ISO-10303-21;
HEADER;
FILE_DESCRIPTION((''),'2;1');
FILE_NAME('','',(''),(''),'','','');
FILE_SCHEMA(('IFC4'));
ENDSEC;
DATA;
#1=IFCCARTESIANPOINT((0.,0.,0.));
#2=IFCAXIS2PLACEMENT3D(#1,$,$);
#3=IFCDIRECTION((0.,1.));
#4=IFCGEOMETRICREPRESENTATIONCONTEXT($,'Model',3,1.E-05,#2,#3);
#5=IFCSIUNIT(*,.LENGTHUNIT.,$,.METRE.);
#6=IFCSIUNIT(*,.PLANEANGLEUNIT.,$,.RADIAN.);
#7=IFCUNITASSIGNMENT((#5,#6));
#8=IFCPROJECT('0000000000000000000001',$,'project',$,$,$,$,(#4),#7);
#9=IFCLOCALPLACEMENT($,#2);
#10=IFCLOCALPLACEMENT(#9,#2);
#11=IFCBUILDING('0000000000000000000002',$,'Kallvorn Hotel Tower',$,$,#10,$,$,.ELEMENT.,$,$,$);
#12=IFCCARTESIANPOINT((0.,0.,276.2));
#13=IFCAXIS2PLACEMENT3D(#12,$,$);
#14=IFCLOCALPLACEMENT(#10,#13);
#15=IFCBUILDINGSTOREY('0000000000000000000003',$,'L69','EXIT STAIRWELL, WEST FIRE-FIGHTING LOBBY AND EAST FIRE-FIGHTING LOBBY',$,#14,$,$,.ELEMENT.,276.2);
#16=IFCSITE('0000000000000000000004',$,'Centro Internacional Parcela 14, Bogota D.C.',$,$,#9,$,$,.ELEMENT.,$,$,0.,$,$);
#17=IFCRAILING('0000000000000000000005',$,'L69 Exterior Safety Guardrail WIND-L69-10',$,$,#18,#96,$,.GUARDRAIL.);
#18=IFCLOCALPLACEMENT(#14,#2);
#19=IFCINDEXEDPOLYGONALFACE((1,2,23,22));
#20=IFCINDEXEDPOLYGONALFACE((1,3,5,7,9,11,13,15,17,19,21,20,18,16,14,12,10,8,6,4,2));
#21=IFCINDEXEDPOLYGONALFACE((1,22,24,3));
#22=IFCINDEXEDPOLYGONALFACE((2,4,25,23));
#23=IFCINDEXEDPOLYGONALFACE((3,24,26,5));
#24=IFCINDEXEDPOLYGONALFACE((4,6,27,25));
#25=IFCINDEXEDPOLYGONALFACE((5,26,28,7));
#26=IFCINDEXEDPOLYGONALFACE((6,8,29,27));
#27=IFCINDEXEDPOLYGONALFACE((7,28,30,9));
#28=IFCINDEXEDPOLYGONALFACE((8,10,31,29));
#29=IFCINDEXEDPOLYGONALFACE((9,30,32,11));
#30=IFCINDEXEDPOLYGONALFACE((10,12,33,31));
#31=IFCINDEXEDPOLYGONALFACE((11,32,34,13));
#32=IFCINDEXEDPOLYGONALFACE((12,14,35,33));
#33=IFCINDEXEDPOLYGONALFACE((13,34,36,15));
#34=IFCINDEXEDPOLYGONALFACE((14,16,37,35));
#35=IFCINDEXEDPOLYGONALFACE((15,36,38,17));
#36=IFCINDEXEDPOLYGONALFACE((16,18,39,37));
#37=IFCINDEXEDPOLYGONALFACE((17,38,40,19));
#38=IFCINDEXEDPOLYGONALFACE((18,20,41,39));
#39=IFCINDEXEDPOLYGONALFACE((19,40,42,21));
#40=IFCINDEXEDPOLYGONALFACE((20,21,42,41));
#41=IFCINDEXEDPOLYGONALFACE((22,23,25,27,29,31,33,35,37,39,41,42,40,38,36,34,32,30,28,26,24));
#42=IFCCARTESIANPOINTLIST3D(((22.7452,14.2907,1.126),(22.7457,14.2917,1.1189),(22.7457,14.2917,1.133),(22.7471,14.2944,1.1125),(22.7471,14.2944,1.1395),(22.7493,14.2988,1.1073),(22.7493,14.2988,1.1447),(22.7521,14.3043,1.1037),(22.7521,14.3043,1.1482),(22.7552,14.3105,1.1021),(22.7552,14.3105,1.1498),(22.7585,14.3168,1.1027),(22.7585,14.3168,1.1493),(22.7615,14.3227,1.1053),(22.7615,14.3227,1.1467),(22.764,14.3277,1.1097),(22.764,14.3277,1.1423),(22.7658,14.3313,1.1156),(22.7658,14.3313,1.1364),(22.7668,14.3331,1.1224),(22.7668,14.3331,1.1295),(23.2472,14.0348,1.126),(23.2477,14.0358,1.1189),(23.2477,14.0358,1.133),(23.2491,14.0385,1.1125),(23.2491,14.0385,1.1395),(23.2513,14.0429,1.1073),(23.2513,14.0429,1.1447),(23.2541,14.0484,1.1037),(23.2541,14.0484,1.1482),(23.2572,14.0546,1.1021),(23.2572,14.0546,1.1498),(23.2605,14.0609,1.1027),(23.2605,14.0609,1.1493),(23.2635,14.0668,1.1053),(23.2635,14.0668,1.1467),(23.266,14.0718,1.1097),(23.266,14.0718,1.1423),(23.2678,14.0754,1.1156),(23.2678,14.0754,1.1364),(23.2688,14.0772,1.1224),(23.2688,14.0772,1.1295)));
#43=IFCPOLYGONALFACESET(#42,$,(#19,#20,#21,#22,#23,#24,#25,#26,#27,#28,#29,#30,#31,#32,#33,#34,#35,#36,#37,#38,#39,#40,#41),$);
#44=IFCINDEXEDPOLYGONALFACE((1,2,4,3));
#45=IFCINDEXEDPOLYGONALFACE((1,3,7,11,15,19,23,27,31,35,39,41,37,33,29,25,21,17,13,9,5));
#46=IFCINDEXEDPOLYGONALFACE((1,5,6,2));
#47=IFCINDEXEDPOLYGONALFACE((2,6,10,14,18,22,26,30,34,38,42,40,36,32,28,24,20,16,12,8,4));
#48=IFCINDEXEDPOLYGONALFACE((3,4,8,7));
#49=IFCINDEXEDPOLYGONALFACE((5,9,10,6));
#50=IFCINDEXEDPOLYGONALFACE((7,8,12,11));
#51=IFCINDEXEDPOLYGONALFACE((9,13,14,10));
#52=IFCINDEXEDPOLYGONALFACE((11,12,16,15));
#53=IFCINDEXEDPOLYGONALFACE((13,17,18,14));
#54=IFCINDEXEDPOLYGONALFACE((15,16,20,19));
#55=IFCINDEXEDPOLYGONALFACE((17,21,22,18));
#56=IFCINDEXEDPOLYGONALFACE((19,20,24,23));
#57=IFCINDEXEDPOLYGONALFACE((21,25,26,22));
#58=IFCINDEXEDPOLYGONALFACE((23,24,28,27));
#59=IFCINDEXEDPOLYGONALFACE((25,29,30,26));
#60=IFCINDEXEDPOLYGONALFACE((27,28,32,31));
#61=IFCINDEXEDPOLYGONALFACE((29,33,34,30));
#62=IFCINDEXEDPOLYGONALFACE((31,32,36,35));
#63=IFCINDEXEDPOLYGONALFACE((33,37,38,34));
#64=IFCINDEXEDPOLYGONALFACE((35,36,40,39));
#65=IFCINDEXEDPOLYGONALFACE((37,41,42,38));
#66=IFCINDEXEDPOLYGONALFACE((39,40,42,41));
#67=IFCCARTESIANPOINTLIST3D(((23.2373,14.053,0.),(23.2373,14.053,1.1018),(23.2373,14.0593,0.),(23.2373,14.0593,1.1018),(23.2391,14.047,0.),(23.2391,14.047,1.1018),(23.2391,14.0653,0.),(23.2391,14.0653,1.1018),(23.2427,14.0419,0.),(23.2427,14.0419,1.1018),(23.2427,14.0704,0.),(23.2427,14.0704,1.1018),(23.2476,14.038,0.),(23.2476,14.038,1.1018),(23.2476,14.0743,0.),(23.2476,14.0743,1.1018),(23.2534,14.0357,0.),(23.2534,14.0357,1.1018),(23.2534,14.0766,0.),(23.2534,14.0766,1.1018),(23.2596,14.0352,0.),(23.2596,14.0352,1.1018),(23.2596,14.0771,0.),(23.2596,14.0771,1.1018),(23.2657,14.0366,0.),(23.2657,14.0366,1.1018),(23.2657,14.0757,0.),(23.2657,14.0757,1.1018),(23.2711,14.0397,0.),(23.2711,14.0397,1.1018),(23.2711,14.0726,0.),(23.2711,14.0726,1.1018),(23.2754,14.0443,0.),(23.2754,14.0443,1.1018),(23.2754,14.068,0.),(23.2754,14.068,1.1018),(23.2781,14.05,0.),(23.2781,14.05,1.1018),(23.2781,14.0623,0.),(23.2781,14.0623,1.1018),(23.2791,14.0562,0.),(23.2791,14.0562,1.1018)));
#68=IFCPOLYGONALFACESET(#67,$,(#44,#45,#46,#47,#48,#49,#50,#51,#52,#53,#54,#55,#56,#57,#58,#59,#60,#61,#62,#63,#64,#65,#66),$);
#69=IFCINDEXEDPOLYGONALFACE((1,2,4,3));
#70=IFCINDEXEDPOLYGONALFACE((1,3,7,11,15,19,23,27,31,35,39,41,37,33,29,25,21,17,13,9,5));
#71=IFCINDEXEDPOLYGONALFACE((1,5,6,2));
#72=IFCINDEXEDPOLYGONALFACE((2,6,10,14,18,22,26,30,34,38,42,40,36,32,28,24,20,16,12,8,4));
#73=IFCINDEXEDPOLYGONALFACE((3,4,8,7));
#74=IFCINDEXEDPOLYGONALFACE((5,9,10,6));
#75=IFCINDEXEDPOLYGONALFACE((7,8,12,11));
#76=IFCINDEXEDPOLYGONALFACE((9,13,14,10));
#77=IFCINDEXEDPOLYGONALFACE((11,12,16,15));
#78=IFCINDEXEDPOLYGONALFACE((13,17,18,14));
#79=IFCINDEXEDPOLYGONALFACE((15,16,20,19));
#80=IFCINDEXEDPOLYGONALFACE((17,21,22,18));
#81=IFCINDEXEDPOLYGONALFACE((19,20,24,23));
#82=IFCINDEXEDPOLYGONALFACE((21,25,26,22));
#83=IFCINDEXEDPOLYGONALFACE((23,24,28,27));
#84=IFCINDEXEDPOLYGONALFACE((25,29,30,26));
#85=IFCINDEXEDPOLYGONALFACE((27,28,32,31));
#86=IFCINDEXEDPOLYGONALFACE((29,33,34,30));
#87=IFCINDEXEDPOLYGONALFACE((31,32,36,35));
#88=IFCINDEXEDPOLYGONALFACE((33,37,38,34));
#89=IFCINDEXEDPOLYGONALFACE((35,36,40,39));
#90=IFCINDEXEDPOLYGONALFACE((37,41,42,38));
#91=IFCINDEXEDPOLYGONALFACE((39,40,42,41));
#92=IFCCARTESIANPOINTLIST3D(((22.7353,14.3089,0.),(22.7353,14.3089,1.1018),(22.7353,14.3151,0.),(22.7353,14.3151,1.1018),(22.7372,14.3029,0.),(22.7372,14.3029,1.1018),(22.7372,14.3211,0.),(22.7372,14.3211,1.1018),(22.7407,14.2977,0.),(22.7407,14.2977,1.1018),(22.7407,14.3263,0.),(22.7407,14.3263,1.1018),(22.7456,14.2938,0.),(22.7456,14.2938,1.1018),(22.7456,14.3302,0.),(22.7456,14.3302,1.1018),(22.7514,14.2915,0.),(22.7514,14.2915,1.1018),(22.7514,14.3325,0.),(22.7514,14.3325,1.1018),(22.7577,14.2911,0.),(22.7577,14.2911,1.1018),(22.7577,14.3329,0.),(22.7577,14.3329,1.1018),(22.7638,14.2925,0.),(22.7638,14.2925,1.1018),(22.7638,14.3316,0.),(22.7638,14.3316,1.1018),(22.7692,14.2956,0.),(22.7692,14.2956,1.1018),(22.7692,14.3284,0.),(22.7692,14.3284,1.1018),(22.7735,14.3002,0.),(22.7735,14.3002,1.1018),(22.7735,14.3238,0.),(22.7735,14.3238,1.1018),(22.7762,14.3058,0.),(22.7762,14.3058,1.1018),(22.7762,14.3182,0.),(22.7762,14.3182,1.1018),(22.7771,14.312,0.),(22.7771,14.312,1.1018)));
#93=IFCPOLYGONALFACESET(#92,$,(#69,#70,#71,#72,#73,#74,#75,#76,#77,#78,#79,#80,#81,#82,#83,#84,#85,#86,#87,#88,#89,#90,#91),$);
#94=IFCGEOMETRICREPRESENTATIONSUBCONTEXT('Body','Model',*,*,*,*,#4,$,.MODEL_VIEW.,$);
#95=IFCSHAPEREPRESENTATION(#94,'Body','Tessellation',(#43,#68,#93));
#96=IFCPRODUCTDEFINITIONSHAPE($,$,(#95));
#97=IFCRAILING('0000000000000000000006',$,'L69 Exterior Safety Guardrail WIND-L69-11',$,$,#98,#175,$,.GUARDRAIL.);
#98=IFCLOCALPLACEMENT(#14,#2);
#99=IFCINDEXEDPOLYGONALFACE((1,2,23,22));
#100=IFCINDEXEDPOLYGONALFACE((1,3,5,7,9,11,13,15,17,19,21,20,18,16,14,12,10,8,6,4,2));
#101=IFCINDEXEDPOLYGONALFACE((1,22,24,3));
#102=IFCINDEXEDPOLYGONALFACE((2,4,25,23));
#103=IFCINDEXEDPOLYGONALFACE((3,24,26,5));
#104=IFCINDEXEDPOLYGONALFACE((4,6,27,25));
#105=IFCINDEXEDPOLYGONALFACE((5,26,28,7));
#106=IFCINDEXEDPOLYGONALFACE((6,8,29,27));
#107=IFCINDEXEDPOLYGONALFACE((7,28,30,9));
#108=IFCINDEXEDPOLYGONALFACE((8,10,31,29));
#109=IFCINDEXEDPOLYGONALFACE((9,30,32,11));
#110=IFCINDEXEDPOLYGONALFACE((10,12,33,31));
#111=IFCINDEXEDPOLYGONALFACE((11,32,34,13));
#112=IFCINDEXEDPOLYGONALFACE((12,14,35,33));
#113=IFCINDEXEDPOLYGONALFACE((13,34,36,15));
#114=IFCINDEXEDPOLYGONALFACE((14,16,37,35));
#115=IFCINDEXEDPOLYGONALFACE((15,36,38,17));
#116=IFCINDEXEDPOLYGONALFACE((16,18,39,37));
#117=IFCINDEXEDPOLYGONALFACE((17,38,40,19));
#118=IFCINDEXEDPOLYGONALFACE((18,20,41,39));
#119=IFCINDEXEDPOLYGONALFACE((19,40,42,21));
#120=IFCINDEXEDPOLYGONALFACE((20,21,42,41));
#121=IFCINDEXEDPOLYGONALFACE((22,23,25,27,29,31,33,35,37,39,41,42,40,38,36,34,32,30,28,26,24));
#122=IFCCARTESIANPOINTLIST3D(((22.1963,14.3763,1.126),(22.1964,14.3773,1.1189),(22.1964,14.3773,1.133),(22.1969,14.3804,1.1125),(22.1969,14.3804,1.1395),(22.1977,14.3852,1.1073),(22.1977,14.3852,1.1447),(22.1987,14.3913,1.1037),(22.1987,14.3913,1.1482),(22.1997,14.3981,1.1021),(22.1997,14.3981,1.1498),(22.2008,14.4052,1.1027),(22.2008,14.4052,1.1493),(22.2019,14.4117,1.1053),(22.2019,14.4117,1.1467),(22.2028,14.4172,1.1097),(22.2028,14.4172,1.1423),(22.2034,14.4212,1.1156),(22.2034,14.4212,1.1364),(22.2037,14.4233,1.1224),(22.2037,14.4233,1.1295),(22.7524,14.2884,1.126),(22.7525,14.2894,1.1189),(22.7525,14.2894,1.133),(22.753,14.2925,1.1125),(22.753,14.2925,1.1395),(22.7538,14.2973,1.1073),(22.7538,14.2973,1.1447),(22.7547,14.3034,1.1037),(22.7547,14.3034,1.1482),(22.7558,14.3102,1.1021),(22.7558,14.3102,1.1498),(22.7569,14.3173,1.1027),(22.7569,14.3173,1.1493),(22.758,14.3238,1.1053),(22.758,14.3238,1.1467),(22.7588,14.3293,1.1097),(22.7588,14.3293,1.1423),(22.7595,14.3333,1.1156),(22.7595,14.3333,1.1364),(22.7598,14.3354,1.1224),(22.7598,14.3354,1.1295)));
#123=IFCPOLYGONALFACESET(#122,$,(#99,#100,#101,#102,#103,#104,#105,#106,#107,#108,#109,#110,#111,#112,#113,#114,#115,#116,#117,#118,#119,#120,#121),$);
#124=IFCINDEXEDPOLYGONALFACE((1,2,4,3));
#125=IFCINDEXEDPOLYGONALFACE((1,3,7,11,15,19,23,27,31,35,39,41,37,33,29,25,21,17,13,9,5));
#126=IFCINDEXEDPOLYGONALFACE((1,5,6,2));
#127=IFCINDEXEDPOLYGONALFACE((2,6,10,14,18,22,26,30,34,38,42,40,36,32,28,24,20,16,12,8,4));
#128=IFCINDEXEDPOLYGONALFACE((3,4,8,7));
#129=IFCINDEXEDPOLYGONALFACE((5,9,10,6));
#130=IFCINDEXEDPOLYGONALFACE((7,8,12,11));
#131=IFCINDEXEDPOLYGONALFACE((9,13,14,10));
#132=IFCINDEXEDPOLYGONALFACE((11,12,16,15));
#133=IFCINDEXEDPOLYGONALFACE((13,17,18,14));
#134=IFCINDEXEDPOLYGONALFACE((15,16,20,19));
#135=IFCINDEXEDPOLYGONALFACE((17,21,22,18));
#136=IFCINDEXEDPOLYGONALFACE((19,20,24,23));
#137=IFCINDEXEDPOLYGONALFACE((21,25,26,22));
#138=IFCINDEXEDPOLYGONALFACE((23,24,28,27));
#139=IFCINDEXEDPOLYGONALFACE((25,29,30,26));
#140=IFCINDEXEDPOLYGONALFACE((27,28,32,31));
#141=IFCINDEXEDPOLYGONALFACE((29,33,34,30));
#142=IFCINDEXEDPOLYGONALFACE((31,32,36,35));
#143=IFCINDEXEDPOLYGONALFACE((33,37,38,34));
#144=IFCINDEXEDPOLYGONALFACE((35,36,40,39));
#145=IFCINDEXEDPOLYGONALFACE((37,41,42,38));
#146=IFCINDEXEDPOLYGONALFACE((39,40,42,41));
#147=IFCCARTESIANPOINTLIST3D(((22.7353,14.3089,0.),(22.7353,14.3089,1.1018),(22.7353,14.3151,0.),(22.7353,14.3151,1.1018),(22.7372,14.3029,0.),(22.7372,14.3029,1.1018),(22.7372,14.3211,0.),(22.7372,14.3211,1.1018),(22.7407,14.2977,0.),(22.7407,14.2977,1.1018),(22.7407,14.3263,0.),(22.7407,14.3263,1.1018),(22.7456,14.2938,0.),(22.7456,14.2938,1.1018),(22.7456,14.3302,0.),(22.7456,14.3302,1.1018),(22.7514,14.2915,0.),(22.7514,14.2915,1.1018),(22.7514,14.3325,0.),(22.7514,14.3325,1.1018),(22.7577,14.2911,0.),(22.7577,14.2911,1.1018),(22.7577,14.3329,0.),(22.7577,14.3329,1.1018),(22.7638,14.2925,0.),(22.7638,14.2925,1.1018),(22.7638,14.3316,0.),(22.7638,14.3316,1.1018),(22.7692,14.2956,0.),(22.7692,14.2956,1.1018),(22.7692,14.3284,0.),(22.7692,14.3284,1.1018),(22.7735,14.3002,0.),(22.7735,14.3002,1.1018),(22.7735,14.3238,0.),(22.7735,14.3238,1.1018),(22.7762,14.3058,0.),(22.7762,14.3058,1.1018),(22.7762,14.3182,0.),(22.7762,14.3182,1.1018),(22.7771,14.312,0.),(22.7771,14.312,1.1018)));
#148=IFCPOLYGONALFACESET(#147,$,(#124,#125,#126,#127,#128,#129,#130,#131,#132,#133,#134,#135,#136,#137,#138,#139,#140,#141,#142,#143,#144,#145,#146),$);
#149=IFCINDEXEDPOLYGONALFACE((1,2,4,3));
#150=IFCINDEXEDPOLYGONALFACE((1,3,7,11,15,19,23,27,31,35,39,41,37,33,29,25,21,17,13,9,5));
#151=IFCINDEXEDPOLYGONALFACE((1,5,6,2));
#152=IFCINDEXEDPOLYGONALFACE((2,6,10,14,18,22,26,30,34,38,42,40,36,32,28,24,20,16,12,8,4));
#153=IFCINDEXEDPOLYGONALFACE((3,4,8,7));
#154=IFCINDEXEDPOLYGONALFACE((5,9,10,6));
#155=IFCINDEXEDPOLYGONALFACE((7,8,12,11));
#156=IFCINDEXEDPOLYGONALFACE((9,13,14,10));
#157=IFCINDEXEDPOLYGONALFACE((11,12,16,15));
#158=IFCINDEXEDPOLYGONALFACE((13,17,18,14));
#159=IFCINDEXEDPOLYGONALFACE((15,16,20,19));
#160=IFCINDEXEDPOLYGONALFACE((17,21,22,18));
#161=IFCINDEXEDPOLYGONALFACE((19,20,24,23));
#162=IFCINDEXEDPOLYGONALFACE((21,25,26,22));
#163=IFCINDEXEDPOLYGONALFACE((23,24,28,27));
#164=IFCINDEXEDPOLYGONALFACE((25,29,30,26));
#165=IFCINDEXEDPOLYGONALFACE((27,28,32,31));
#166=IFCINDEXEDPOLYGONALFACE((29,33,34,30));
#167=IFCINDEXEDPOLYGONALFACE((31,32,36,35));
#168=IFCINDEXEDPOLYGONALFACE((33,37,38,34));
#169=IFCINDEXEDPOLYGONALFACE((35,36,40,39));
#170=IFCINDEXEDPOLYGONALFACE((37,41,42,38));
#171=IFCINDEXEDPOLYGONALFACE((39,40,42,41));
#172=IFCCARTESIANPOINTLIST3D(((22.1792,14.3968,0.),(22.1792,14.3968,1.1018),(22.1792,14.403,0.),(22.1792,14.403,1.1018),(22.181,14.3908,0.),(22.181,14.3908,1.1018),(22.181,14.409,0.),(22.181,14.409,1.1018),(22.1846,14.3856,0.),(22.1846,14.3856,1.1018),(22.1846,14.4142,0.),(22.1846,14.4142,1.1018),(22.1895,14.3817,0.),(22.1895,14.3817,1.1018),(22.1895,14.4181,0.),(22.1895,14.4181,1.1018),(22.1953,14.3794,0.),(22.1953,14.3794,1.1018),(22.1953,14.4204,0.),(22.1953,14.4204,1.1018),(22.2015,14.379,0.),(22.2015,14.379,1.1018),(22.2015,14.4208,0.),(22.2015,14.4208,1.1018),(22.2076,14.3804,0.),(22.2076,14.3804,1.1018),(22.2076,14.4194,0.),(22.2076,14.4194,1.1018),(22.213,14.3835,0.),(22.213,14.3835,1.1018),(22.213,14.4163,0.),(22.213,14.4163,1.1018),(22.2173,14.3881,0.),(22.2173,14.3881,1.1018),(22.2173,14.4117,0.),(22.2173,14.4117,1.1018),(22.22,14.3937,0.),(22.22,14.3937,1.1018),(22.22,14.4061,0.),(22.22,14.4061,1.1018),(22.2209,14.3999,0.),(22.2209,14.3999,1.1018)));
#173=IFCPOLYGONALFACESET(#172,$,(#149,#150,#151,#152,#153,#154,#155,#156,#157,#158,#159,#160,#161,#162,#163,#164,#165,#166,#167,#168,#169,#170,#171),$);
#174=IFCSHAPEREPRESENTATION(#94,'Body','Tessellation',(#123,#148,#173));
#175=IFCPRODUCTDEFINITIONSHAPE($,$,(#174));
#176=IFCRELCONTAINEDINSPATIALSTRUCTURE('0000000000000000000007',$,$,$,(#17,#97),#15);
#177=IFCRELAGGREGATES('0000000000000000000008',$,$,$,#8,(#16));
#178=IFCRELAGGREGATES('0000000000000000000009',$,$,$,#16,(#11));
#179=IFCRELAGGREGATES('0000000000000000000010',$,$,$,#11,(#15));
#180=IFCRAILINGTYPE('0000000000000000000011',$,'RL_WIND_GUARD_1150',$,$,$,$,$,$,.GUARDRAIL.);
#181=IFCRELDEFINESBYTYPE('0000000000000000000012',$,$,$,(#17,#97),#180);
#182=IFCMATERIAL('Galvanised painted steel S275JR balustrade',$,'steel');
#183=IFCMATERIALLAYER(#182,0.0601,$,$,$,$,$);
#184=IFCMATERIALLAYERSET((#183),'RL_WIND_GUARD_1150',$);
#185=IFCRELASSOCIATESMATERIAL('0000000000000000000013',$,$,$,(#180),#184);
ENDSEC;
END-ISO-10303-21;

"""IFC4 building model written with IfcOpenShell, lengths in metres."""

from ifc_helpers import new_model, si_unit, direction, frame, origin, origin_2d, place, context, subcontext, project, spatial, circle, extrude, material, layer, layer_set, type_object, element, save


model = new_model("IFC4")

# Units and contexts
model_context = context("Model", 3, precision=1e-05, world=origin(), true_north=direction((0.0, 1.0)))
body_context = subcontext(model_context, "Body", "Model", "MODEL_VIEW")
ifc_project = project(units=[si_unit("LENGTHUNIT", "METRE"), si_unit("PLANEANGLEUNIT", "RADIAN")], contexts=[model_context])

# Site, building, storey
site_placement = place(None, origin())
site = spatial("IfcSite", under=ifc_project, at=site_placement, Name="Centro Internacional Parcela 14, Bogota D.C.", CompositionType="ELEMENT", RefElevation=0.0)
building_placement = place(site_placement, origin())
building = spatial("IfcBuilding", under=site, at=building_placement, Name="Kallvorn Hotel Tower", CompositionType="ELEMENT")
storey_placement = place(building_placement, frame((0.0, 0.0, 276.2)))
storey = spatial("IfcBuildingStorey", under=building, at=storey_placement, Name="L69", Description="EXIT STAIRWELL, WEST FIRE-FIGHTING LOBBY AND EAST FIRE-FIGHTING LOBBY", CompositionType="ELEMENT", Elevation=276.2)

# Railings
ifc_material_1 = material(Name="Galvanised painted steel S275JR balustrade", Category="steel")
ifc_layer_1 = layer(ifc_material_1, 0.0601)
ifc_layer_set_1 = layer_set([ifc_layer_1], Name="RL_WIND_GUARD_1150")
railing_type = type_object("IfcRailingType", Name="RL_WIND_GUARD_1150", PredefinedType="GUARDRAIL", material=ifc_layer_set_1)
railing_1_placement = place(storey_placement, frame((23.2581, 14.0562, 0.0)))
element("IfcRailing", 1, at=railing_1_placement, inside=storey, type_object=railing_type, Name="L69 Exterior Safety Guardrail WIND-L69-10", PredefinedType="GUARDRAIL", context=body_context, shape_type="SweptSolid", body=[
    extrude(circle(Radius=0.0239, at=origin_2d()), frame((0.0, 0.0, 1.126), z_axis=(-0.890934, 0.454133, 0.0), x_axis=(-0.454133, -0.890934, 0.0)), (0.0, 0.0, 1.0), 0.5635),
    extrude(circle(Radius=0.021, at=origin_2d()), origin(), (0.0, 0.0, 1.0), 1.1018),
    extrude(circle(Radius=0.021, at=origin_2d()), frame((-0.502, 0.2559, 0.0)), (0.0, 0.0, 1.0), 1.1018),
])
railing_2_placement = place(storey_placement, frame((22.7561, 14.312, 0.0)))
element("IfcRailing", 2, at=railing_2_placement, inside=storey, type_object=railing_type, Name="L69 Exterior Safety Guardrail WIND-L69-11", PredefinedType="GUARDRAIL", context=body_context, shape_type="SweptSolid", body=[
    extrude(circle(Radius=0.0239, at=origin_2d()), frame((0.0, 0.0, 1.126), z_axis=(-0.987742, 0.156096, 0.0), x_axis=(-0.156096, -0.987742, 0.0)), (0.0, 0.0, 1.0), 0.563),
    extrude(circle(Radius=0.021, at=origin_2d()), origin(), (0.0, 0.0, 1.0), 1.1018),
    extrude(circle(Radius=0.021, at=origin_2d()), frame((-0.5562, 0.0879, 0.0)), (0.0, 0.0, 1.0), 1.1018),
])

save(model, "model.ifc")
